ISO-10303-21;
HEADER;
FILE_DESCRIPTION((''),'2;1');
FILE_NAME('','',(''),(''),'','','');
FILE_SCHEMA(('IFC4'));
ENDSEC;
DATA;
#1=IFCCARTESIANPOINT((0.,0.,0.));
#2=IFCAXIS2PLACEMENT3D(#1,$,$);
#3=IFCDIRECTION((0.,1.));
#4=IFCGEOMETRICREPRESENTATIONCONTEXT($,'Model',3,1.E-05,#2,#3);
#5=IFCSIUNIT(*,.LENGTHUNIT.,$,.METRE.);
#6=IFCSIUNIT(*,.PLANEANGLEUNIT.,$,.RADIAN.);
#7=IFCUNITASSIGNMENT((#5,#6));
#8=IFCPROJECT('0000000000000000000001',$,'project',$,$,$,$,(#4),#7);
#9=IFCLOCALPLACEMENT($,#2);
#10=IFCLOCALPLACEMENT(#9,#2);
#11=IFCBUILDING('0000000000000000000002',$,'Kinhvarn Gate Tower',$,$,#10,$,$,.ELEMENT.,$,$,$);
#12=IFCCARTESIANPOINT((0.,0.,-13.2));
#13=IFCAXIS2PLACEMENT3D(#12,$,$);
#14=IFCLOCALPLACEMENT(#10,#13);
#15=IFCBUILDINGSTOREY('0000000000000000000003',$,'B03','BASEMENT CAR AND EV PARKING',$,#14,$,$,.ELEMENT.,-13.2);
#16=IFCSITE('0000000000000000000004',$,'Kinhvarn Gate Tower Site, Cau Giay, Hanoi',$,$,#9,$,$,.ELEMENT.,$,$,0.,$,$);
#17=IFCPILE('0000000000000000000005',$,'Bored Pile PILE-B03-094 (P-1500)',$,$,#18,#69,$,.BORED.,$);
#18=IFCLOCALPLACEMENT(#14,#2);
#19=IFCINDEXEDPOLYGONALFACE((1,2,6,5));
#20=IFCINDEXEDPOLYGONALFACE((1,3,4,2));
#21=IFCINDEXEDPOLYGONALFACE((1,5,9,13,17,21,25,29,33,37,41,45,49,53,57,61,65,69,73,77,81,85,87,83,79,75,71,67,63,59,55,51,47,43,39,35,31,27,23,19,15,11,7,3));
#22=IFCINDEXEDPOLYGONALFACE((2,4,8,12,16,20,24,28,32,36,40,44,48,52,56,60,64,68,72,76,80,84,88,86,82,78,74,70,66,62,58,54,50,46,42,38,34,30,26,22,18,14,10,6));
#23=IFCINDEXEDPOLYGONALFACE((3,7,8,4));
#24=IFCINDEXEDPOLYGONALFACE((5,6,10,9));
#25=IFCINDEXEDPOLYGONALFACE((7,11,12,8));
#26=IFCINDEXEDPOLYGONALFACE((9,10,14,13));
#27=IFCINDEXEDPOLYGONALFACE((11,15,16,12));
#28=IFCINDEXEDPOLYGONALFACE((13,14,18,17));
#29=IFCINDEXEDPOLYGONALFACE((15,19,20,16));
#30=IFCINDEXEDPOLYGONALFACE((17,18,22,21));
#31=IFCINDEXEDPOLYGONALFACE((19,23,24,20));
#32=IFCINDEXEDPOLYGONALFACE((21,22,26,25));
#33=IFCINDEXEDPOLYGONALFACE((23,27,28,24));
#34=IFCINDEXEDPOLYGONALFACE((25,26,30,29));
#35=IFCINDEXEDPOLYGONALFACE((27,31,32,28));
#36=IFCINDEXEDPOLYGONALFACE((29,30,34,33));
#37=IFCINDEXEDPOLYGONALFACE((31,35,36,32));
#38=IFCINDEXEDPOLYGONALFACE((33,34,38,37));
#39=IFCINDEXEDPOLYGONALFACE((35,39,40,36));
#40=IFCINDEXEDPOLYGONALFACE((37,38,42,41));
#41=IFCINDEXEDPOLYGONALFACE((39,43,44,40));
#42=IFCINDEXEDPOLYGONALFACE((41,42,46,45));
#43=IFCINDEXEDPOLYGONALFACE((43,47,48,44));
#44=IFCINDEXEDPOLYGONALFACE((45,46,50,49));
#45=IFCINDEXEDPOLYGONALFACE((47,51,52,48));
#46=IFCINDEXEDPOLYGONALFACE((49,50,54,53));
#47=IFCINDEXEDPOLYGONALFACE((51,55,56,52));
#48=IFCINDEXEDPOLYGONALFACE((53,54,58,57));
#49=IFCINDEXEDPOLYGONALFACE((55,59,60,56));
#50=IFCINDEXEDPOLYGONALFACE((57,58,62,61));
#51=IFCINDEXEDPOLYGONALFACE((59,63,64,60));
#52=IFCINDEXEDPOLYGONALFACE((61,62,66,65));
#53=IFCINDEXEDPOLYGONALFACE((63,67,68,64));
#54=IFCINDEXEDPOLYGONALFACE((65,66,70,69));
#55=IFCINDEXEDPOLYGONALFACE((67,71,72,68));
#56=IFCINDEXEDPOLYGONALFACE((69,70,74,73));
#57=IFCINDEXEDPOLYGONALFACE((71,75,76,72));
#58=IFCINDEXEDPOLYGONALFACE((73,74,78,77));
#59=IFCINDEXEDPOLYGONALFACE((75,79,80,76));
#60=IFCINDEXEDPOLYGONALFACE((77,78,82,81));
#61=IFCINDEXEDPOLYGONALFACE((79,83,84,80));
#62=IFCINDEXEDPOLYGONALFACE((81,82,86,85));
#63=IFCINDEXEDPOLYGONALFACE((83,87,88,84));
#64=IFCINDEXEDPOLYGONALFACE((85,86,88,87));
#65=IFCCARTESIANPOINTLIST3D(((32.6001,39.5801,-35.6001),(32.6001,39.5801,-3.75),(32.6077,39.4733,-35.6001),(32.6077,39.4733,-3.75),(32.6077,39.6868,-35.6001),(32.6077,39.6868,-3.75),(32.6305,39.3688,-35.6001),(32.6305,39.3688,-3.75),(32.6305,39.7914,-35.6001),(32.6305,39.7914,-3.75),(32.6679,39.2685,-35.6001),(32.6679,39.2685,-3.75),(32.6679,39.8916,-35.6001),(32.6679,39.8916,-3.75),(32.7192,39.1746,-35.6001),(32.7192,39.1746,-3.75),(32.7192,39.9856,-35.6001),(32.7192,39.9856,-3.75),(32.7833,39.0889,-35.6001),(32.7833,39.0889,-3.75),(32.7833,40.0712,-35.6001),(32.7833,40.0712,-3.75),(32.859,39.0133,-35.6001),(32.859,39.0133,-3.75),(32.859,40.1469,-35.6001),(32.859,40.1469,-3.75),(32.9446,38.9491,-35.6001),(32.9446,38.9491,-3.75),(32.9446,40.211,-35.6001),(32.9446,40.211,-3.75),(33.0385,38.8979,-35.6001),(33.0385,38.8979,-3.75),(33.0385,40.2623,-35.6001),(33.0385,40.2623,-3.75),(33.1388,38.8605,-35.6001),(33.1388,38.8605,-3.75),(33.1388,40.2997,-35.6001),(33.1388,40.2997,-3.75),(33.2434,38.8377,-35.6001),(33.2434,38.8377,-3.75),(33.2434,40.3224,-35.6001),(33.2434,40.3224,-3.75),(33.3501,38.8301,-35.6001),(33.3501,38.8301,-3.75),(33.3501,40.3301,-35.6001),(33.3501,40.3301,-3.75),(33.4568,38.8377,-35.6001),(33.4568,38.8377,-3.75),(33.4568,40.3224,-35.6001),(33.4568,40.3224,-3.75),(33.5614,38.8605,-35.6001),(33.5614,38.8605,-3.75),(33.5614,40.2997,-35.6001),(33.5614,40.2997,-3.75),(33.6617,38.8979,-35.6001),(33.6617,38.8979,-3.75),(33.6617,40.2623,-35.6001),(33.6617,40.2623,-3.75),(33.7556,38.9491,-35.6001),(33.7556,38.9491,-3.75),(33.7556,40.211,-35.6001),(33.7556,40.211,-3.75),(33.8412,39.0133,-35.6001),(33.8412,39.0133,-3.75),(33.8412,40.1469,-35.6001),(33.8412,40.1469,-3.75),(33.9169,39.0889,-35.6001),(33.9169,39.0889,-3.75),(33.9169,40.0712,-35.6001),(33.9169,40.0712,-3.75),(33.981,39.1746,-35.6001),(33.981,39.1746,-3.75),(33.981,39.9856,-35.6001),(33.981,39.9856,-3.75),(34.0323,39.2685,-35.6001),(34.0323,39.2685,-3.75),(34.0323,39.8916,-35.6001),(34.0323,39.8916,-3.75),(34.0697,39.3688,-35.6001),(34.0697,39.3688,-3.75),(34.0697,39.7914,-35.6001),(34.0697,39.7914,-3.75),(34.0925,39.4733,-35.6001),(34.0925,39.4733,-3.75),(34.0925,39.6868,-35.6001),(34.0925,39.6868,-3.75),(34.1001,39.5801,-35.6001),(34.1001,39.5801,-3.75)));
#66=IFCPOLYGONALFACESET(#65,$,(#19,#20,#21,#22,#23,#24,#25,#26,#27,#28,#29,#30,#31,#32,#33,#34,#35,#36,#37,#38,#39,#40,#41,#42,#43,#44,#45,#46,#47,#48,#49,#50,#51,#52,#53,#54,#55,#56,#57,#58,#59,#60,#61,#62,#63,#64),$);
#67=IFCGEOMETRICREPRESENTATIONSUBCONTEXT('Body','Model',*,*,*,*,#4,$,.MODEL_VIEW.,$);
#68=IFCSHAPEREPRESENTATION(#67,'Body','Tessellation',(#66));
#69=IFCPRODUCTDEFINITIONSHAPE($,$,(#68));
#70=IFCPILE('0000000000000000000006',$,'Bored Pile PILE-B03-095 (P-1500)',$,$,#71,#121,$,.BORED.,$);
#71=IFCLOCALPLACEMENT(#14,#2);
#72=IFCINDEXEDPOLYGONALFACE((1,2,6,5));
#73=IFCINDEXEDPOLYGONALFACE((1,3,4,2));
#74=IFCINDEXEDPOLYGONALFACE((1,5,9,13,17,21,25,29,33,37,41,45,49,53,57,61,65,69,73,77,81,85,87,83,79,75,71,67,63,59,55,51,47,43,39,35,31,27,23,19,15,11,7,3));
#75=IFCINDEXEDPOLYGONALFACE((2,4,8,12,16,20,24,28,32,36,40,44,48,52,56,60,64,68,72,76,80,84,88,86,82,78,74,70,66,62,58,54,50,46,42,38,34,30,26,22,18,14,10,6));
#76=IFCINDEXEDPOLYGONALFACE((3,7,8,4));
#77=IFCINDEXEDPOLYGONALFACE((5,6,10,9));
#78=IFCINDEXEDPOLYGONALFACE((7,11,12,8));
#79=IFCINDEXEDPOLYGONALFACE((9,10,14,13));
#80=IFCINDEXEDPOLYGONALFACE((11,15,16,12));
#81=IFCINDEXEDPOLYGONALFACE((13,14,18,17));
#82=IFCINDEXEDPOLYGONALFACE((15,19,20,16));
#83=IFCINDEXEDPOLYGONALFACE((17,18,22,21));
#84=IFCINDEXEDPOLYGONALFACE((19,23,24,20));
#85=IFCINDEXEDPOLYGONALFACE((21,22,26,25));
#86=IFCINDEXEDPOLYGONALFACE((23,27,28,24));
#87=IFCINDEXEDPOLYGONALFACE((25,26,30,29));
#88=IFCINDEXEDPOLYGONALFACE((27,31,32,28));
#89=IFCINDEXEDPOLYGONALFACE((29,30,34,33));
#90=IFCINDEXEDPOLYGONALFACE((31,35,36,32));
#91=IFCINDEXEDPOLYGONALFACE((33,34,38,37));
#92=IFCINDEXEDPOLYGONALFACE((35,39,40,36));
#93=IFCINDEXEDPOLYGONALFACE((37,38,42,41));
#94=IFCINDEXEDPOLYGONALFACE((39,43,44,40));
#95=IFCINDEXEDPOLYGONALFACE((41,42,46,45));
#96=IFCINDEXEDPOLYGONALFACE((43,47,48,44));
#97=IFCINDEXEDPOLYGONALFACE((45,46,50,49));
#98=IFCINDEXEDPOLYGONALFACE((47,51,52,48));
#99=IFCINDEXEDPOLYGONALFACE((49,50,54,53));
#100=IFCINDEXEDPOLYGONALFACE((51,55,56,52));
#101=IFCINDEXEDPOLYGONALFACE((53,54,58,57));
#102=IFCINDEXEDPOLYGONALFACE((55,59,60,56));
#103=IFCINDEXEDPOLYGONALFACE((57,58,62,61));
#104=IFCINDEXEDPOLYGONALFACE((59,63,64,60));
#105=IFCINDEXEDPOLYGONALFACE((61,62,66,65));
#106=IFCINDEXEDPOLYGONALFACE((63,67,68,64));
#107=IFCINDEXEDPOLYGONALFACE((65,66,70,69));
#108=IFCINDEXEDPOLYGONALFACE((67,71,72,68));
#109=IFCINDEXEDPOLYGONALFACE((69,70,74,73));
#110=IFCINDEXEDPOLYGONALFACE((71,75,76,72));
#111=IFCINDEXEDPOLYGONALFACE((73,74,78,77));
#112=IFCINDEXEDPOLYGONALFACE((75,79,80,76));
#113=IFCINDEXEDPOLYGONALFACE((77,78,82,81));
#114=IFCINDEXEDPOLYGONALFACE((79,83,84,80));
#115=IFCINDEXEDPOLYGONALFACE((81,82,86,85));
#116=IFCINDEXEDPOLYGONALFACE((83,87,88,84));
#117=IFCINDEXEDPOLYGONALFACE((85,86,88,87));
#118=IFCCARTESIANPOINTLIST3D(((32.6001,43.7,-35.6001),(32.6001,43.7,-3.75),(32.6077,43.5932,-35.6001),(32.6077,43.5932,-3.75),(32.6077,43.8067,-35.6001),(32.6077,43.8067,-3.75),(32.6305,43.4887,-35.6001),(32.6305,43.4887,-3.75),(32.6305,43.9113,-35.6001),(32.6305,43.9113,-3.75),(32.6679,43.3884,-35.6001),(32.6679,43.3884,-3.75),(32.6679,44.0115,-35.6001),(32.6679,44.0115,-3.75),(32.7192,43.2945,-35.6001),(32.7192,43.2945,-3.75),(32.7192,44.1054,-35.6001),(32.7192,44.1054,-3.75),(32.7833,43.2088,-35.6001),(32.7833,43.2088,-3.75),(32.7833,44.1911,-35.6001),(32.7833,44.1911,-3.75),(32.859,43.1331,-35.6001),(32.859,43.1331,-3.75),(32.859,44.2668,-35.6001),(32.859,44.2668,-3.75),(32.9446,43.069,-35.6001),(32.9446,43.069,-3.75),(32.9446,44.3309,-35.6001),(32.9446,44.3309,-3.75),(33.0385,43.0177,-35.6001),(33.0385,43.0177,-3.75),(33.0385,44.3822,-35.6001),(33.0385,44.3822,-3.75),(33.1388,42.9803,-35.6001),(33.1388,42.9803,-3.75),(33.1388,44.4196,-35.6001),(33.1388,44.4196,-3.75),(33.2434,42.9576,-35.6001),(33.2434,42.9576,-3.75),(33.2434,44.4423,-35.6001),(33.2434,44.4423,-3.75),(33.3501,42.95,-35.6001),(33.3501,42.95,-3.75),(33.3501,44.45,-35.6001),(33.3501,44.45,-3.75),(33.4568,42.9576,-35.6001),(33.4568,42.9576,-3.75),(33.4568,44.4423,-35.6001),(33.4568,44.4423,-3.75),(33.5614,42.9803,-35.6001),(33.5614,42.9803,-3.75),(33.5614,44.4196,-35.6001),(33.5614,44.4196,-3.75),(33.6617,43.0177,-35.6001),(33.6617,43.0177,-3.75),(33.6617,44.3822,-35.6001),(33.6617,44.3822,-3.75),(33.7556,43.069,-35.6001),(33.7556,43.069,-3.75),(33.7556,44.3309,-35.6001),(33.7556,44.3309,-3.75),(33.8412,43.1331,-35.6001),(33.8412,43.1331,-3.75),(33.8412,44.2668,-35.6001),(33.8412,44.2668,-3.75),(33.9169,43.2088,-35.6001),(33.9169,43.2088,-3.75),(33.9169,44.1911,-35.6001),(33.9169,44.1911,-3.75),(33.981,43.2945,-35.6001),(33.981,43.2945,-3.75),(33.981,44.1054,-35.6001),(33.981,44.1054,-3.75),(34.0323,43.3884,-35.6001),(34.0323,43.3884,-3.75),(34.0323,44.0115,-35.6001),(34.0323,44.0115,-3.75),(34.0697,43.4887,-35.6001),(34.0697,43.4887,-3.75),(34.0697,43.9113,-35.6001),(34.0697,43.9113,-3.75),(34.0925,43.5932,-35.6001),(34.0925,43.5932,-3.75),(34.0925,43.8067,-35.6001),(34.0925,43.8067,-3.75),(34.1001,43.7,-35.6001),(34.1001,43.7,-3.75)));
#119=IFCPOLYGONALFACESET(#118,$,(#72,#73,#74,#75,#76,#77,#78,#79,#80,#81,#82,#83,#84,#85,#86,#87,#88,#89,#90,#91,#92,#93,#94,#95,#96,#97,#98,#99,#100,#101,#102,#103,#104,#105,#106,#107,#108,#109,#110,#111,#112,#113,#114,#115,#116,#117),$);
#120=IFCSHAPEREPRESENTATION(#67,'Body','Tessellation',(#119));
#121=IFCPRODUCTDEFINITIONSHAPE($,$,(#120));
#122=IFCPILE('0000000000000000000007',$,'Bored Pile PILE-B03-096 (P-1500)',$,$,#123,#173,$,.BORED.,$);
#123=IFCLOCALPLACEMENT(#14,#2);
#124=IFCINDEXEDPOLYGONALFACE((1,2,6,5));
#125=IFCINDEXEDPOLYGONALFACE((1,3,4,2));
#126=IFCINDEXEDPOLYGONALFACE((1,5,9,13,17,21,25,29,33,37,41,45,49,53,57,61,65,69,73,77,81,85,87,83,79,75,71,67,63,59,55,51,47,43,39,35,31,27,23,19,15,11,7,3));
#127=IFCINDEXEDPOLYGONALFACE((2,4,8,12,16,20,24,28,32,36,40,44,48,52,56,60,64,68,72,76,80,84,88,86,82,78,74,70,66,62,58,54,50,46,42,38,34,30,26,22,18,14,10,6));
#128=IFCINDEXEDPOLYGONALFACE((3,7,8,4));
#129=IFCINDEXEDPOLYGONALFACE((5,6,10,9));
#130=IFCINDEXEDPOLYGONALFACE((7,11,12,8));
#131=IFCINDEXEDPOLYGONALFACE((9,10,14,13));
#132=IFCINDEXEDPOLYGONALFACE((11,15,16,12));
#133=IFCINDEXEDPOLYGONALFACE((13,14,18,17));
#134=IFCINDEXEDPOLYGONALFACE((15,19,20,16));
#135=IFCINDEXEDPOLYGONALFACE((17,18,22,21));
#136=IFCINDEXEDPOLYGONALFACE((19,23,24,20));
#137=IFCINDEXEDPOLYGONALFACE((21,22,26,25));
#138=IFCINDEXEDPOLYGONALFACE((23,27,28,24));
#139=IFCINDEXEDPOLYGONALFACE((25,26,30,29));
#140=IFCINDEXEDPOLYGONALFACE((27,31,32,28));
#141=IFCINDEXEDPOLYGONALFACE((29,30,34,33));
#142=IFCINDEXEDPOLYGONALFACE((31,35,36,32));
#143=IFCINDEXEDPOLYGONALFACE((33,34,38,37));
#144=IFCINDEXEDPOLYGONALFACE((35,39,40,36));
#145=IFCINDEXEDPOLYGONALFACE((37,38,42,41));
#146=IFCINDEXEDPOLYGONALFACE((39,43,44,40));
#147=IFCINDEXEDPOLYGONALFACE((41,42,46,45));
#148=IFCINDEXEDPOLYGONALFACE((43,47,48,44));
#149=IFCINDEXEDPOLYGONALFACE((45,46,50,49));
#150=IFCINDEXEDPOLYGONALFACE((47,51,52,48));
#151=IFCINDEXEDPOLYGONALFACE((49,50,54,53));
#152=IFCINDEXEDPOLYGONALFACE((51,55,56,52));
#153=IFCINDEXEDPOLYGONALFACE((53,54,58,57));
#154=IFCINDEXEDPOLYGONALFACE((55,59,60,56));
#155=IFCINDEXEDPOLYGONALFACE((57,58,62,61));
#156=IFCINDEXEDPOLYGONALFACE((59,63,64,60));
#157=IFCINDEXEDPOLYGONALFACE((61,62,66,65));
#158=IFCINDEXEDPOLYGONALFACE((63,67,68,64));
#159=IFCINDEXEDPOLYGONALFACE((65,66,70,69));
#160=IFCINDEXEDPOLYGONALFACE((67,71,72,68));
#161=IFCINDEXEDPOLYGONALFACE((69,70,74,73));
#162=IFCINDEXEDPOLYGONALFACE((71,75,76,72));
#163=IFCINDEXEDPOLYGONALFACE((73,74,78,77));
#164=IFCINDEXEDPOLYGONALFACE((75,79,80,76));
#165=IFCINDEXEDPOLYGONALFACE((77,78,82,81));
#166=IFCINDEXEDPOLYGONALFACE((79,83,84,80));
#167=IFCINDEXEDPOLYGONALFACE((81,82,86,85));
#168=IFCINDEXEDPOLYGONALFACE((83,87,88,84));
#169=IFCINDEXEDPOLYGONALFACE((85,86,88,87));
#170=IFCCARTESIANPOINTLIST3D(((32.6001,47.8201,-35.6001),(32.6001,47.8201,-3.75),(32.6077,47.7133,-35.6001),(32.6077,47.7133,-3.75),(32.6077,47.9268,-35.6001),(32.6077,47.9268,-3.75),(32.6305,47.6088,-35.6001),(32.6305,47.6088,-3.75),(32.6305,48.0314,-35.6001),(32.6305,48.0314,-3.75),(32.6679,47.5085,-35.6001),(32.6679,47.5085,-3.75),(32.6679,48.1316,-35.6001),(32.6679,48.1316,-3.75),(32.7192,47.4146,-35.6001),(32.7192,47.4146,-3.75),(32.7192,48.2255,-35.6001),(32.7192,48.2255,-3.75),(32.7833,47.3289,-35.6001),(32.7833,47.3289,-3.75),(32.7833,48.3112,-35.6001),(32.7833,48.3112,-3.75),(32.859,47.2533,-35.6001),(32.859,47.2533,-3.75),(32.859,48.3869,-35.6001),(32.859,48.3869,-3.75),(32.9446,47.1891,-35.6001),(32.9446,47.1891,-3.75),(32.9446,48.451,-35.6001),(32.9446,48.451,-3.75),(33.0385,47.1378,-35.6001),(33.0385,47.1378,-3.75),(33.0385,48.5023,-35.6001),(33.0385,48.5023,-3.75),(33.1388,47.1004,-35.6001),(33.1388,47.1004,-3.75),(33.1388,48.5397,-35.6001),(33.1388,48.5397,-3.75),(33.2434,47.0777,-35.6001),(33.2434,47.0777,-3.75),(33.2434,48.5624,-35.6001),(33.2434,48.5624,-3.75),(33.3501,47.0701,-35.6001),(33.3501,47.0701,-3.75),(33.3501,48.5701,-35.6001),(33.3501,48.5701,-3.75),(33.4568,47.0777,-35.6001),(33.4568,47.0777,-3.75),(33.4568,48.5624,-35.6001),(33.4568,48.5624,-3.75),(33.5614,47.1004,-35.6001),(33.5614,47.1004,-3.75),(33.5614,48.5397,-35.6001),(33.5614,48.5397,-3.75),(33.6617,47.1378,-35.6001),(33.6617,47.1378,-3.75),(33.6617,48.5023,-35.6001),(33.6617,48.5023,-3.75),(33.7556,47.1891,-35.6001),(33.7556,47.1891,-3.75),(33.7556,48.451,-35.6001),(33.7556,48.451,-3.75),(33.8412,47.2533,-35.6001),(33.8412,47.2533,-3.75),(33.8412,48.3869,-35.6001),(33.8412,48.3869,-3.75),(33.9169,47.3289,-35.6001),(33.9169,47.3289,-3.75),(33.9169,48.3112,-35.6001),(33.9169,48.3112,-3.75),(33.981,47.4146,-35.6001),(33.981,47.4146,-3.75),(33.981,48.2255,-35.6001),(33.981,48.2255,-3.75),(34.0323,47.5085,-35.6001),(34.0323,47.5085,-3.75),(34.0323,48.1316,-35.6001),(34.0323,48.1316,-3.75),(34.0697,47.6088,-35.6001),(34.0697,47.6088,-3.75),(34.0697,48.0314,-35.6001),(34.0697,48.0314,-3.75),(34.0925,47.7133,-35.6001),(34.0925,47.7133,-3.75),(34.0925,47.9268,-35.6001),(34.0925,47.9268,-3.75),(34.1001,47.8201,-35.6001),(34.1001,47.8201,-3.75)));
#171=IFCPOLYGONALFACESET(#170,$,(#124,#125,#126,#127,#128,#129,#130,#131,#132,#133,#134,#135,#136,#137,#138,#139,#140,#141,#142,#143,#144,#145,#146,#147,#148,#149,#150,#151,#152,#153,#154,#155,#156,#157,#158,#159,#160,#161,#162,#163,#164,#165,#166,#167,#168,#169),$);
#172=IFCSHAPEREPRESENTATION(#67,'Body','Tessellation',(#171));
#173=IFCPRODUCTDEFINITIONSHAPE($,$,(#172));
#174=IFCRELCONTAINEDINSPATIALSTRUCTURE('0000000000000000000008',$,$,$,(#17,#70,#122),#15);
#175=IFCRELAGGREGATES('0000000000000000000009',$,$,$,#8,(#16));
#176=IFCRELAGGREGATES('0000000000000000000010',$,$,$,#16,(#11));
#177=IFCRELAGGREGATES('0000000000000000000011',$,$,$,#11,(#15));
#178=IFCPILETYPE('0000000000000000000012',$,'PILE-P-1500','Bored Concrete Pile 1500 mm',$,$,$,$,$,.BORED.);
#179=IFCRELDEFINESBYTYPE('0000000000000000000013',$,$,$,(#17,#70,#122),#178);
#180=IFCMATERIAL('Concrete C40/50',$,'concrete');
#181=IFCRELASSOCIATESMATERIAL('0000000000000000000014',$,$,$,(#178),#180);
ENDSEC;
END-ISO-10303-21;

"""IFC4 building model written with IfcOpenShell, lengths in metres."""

from ifc_helpers import new_model, si_unit, direction, frame, origin, origin_2d, place, context, subcontext, project, spatial, circle, extrude, material, material_profile, profile_set, type_object, element, save


model = new_model("IFC4")

# Units and contexts
model_context = context("Model", 3, precision=1e-05, world=origin(), true_north=direction((0.0, 1.0)))
body_context = subcontext(model_context, "Body", "Model", "MODEL_VIEW")
ifc_project = project(units=[si_unit("LENGTHUNIT", "METRE"), si_unit("PLANEANGLEUNIT", "RADIAN")], contexts=[model_context])

# Site, building, storey
site_placement = place(None, origin())
site = spatial("IfcSite", under=ifc_project, at=site_placement, Name="Kinhvarn Gate Tower Site, Cau Giay, Hanoi", CompositionType="ELEMENT", RefElevation=0.0)
building_placement = place(site_placement, origin())
building = spatial("IfcBuilding", under=site, at=building_placement, Name="Kinhvarn Gate Tower", CompositionType="ELEMENT")
storey_placement = place(building_placement, frame((0.0, 0.0, -13.2)))
storey = spatial("IfcBuildingStorey", under=building, at=storey_placement, Name="B03", Description="BASEMENT CAR AND EV PARKING", CompositionType="ELEMENT", Elevation=-13.2)

# Piles
ifc_material = material(Name="Concrete C40/50", Category="concrete")
ifc_material_profile_1 = material_profile(ifc_material, circle(Radius=0.75, at=origin_2d()), Name="PILE D1500")
ifc_profile_set_1 = profile_set([ifc_material_profile_1], Name="Concrete C40/50")
pile_type_1 = type_object("IfcPileType", Name="PILE-P-1500", Description="Bored Concrete Pile 1500 mm", PredefinedType="BORED", material=ifc_profile_set_1)
for number, where, z_axis, x_axis, name in (
    (1, (33.3501, 39.5801, -35.6001), (0.0, 0.0, 1.0), (1.0, 0.0, 0.0), "Bored Pile PILE-B03-094 (P-1500)"),
    (2, (33.3501, 43.7, -35.6001), (0.0, 0.0, 1.0), (1.0, 0.0, 0.0), "Bored Pile PILE-B03-095 (P-1500)"),
    (3, (33.3501, 47.8201, -35.6001), (0.0, 0.0, 1.0), (1.0, 0.0, 0.0), "Bored Pile PILE-B03-096 (P-1500)"),
):
    element("IfcPile", number, at=place(storey_placement, frame(where, z_axis=z_axis, x_axis=x_axis)), inside=storey, type_object=pile_type_1, Name=name, PredefinedType="BORED", context=body_context, shape_type="SweptSolid", body=[
        extrude(circle(Radius=0.75, at=origin_2d()), origin(), (0.0, 0.0, 1.0), 31.8501),
    ])

save(model, "model.ifc")
